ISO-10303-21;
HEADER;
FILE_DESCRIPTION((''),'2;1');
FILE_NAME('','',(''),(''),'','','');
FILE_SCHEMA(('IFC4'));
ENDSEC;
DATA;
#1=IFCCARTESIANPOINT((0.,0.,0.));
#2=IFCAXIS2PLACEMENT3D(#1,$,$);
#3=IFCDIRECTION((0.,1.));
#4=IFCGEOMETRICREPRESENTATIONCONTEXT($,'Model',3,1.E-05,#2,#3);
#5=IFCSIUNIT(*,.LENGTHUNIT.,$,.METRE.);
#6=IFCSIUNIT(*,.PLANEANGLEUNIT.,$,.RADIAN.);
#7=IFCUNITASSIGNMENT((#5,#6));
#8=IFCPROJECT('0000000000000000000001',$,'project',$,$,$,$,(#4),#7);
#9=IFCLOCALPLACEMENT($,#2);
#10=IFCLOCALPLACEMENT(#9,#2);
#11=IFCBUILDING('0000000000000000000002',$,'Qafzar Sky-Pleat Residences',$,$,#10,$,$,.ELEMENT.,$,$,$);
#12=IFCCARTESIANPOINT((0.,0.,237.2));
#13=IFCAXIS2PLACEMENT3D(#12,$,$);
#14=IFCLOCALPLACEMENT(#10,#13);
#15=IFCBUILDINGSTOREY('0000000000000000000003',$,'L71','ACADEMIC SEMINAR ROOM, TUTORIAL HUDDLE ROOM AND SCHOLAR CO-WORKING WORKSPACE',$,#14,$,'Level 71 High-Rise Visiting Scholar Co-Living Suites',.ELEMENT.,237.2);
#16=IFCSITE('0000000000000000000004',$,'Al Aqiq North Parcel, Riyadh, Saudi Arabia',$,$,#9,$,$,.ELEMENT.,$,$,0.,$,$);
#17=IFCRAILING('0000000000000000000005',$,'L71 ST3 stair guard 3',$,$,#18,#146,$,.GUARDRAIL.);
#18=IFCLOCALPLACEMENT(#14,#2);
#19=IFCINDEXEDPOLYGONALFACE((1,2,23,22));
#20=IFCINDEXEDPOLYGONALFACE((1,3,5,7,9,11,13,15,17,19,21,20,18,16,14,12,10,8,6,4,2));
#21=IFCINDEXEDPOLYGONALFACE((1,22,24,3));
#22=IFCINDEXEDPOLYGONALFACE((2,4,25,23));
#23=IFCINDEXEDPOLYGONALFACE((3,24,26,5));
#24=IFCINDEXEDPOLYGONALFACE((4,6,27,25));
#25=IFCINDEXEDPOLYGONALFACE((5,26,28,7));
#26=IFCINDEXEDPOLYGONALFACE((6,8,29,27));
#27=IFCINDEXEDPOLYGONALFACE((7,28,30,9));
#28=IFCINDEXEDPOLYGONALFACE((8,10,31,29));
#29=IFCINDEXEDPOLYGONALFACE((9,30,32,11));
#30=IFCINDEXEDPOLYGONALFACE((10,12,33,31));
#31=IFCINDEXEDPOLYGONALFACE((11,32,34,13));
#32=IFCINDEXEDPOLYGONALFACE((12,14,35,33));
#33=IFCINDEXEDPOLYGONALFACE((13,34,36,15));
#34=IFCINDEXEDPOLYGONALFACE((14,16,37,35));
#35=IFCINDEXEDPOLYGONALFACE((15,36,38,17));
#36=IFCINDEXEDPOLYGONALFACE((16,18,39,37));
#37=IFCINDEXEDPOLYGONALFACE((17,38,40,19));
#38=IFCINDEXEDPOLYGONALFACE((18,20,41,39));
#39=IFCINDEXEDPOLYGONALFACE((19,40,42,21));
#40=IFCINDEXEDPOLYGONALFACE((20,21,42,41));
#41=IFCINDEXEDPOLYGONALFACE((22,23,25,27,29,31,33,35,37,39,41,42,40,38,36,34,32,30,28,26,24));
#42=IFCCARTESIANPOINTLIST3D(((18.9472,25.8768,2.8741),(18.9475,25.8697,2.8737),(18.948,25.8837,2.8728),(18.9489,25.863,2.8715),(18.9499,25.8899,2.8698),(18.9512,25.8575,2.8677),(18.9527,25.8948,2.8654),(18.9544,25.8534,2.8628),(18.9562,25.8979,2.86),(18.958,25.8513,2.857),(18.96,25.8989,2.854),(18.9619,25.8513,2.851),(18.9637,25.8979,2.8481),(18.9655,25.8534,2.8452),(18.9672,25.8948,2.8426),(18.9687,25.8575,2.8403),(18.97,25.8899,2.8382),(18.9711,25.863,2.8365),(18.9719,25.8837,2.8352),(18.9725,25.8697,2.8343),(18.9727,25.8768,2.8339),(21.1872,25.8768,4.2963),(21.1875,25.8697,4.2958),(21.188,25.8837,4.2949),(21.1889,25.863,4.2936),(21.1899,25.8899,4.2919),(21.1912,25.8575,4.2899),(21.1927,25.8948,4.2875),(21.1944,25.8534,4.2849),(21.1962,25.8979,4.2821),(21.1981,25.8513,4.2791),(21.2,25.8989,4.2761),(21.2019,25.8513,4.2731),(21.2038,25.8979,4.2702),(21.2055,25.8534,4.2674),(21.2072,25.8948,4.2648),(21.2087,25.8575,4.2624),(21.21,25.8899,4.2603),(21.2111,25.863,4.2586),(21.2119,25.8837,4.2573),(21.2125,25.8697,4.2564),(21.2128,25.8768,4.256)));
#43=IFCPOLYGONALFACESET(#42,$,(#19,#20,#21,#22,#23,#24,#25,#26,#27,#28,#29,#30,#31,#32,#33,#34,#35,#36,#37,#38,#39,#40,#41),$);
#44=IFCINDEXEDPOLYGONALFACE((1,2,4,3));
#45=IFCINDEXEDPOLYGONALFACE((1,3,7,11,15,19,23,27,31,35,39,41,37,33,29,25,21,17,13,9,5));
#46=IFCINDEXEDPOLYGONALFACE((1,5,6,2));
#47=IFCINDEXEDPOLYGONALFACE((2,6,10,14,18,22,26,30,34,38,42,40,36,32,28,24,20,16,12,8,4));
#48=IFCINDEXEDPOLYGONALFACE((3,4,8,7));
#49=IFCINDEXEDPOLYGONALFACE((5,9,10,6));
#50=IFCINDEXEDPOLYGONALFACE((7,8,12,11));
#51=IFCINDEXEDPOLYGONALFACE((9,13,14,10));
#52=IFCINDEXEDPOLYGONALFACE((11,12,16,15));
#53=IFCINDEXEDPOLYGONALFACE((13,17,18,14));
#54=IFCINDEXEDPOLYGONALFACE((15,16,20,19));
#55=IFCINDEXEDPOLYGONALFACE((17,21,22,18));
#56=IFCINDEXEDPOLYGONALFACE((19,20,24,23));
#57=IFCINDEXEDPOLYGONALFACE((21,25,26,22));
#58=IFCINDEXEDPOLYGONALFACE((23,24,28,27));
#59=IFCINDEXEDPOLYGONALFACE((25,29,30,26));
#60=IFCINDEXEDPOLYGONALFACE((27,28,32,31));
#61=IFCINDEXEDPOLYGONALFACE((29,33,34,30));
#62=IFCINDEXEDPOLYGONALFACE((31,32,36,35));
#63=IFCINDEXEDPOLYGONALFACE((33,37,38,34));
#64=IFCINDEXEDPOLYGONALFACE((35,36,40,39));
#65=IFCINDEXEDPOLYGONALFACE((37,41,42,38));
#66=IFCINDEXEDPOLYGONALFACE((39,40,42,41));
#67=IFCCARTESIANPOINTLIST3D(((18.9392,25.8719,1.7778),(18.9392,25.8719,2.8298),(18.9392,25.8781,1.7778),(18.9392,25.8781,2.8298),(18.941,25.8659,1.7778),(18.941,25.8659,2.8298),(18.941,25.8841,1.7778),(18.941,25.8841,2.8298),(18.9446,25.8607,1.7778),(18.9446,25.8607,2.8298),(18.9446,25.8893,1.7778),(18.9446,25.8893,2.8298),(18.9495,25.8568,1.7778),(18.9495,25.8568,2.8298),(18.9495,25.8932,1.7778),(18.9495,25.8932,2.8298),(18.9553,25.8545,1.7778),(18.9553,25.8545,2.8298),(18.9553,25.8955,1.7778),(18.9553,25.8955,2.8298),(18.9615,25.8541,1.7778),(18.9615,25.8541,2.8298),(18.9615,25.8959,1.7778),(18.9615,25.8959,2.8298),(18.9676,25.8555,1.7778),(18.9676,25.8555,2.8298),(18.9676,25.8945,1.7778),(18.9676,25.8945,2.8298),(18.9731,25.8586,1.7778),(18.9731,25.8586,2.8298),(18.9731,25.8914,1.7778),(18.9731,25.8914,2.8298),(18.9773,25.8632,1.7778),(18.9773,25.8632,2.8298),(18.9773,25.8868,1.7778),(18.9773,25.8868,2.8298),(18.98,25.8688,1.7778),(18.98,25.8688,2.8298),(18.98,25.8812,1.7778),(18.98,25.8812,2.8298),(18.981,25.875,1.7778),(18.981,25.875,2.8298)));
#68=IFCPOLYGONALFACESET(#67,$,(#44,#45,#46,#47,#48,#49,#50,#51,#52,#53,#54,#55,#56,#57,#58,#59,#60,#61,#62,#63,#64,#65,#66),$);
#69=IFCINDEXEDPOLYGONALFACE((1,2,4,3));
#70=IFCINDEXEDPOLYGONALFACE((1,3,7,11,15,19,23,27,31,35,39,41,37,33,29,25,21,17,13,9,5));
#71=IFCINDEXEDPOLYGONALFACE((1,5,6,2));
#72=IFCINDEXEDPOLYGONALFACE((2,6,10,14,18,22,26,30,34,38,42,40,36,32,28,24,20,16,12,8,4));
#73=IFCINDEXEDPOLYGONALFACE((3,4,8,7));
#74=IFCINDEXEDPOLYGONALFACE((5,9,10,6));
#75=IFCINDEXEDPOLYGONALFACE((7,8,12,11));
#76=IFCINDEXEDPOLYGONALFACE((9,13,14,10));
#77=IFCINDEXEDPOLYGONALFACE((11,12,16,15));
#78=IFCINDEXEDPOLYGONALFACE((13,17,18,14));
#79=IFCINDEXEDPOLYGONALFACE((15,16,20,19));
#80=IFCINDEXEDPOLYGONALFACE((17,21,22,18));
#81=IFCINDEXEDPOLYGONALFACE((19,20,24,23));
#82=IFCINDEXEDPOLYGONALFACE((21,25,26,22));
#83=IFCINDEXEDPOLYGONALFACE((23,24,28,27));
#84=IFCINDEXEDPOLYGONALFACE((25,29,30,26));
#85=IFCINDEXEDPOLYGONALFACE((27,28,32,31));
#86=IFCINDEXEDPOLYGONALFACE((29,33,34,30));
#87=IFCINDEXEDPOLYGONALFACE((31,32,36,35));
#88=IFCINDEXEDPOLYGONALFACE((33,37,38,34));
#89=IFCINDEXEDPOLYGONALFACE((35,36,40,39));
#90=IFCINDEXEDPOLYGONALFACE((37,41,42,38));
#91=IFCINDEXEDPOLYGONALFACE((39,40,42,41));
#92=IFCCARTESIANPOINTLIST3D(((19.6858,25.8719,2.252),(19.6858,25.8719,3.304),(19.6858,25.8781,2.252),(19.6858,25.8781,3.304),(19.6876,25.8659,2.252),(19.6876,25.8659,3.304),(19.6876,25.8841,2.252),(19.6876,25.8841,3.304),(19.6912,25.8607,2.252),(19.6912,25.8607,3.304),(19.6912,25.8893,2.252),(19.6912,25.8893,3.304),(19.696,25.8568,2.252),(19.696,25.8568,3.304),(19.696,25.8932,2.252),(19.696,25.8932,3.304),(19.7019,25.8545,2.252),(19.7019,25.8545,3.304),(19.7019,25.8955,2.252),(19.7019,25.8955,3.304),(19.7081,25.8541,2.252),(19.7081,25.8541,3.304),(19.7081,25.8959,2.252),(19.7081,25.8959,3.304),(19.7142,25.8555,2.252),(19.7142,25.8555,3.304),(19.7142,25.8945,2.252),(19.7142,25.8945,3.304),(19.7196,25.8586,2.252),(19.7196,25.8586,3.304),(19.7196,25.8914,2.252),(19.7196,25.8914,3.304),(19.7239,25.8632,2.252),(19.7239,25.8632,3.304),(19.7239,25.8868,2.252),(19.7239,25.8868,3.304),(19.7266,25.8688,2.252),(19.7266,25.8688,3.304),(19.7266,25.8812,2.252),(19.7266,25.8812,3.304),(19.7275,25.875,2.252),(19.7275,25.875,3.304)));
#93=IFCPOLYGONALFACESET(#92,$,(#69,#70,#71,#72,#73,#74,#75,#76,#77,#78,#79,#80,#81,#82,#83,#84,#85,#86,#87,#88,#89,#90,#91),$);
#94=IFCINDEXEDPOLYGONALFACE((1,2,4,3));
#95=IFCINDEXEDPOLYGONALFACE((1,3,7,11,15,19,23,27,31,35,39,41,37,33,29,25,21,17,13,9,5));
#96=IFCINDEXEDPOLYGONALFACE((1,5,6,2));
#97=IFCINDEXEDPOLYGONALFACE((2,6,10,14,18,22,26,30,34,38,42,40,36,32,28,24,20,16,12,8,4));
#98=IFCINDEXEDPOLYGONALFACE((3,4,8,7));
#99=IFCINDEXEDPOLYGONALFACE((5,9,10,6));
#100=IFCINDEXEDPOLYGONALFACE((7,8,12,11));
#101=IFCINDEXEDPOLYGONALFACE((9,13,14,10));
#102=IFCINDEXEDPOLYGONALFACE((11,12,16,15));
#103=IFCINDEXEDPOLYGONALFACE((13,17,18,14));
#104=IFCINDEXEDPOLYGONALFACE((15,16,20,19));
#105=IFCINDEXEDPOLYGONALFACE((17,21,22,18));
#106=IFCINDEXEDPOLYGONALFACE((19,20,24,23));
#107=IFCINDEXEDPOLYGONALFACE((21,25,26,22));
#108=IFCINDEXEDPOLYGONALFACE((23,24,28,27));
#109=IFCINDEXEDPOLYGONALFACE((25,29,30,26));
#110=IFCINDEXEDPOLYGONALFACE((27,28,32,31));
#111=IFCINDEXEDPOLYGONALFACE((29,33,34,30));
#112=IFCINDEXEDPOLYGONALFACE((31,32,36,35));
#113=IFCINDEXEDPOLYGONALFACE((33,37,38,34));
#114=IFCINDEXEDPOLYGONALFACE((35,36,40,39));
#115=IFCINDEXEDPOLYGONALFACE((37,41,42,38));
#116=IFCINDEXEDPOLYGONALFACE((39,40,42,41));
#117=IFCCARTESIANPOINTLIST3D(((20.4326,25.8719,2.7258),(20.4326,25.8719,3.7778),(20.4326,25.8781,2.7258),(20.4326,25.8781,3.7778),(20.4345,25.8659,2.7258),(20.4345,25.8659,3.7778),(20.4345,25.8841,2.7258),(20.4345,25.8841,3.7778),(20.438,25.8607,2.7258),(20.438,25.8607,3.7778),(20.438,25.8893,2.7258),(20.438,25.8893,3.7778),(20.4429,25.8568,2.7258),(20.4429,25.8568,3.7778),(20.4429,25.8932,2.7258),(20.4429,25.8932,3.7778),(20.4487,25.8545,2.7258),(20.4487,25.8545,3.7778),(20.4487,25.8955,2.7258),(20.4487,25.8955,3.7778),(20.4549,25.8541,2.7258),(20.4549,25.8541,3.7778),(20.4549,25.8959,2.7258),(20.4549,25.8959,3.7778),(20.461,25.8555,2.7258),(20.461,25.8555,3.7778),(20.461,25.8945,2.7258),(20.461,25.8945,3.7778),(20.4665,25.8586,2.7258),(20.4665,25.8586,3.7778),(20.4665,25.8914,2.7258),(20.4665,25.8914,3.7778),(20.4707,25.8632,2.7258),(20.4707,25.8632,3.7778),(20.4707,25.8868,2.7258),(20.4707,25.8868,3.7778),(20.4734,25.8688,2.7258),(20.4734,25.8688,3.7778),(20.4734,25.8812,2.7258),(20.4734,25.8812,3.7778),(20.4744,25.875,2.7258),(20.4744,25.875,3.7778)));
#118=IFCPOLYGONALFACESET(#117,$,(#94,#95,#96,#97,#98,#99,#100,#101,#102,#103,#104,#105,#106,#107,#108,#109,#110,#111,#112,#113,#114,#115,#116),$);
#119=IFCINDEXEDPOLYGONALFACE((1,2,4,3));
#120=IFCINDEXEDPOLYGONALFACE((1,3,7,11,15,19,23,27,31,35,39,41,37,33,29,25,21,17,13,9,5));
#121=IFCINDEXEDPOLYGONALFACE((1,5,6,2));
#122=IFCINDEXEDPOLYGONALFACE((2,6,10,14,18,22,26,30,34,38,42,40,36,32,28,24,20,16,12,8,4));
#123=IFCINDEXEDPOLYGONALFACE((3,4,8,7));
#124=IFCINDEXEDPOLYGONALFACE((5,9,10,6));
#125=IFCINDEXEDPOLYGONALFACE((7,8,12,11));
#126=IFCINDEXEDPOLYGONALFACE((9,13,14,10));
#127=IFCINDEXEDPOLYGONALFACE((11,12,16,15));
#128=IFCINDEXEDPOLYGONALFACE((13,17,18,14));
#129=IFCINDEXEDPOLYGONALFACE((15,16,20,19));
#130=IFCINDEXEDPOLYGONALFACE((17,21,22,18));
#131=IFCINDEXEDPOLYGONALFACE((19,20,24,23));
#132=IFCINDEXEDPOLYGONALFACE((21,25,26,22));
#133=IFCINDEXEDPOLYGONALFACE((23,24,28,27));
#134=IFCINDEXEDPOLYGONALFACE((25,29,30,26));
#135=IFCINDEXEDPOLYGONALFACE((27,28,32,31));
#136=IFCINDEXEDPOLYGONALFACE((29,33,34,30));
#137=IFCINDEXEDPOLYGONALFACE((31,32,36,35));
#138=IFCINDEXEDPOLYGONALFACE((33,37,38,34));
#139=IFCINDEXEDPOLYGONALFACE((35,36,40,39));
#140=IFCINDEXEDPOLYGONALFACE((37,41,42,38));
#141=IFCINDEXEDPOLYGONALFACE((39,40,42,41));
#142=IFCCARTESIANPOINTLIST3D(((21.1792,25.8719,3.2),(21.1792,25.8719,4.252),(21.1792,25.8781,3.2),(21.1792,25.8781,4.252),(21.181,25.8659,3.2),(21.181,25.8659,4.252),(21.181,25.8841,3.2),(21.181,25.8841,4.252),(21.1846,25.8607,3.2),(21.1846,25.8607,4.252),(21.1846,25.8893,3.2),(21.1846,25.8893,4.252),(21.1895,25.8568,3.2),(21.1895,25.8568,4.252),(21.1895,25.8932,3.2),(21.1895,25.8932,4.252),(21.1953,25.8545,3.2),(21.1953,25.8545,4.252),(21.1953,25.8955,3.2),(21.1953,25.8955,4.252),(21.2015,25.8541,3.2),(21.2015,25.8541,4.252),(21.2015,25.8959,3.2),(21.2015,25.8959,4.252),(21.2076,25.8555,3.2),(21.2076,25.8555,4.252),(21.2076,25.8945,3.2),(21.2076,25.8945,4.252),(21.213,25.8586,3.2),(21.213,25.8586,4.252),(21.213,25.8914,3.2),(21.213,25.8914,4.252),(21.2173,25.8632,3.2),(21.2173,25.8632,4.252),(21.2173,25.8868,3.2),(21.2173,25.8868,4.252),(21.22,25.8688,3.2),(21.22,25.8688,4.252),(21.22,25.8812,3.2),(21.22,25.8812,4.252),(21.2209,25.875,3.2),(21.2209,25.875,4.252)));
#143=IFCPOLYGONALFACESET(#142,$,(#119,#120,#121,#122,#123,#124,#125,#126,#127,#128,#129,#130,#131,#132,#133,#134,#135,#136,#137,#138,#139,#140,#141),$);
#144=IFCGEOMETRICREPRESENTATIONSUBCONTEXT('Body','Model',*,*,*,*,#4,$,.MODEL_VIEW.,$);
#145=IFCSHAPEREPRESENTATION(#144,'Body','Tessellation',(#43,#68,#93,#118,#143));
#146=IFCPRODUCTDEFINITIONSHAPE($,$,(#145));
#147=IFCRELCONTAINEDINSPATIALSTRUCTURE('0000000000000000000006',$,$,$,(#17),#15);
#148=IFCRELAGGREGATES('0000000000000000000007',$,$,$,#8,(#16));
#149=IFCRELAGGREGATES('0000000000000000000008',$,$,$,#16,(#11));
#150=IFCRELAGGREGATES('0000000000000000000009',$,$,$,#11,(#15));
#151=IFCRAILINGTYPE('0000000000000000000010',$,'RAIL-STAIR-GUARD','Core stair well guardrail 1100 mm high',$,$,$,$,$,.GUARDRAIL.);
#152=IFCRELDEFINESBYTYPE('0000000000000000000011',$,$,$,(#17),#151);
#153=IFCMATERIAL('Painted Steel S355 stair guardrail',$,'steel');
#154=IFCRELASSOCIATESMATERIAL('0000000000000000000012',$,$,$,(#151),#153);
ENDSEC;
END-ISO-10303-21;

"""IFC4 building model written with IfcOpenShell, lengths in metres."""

from ifc_helpers import new_model, si_unit, direction, frame, origin, origin_2d, place, context, subcontext, project, spatial, circle, extrude, source, transform, mapped, material, type_object, element, save


model = new_model("IFC4")

# Units and contexts
model_context = context("Model", 3, precision=1e-05, world=origin(), true_north=direction((0.0, 1.0)))
body_context = subcontext(model_context, "Body", "Model", "MODEL_VIEW")
ifc_project = project(units=[si_unit("LENGTHUNIT", "METRE"), si_unit("PLANEANGLEUNIT", "RADIAN")], contexts=[model_context])

# Site, building, storey
site_placement = place(None, origin())
site = spatial("IfcSite", under=ifc_project, at=site_placement, Name="Al Aqiq North Parcel, Riyadh, Saudi Arabia", CompositionType="ELEMENT", RefElevation=0.0)
building_placement = place(site_placement, origin())
building = spatial("IfcBuilding", under=site, at=building_placement, Name="Qafzar Sky-Pleat Residences", CompositionType="ELEMENT")
storey_placement = place(building_placement, frame((0.0, 0.0, 237.2)))
storey = spatial("IfcBuildingStorey", under=building, at=storey_placement, Name="L71", Description="ACADEMIC SEMINAR ROOM, TUTORIAL HUDDLE ROOM AND SCHOLAR CO-WORKING WORKSPACE", LongName="Level 71 High-Rise Visiting Scholar Co-Living Suites", CompositionType="ELEMENT", Elevation=237.2)

# Railing
ifc_material_1 = material(Name="Painted Steel S355 stair guardrail", Category="steel")
railing_type_1 = type_object("IfcRailingType", Name="RAIL-STAIR-GUARD", Description="Core stair well guardrail 1100 mm high", PredefinedType="GUARDRAIL", material=ifc_material_1)
shared_shape_1 = source(origin(), body_context, "Body", "SweptSolid", [
    extrude(circle(Radius=0.0239, at=origin_2d()), frame((0.0, 0.0, 1.0762), z_axis=(0.844229, 0.0, 0.535982), x_axis=(0.0, 1.0, 0.0)), (0.0, 0.0, 1.0), 2.6533),
    extrude(circle(Radius=0.021, at=origin_2d()), origin(), (0.0, 0.0, 1.0), 1.052),
    extrude(circle(Radius=0.021, at=origin_2d()), frame((0.7466, 0.0, 0.4741)), (0.0, 0.0, 1.0), 1.052),
    extrude(circle(Radius=0.021, at=origin_2d()), frame((1.4934, 0.0, 0.948)), (0.0, 0.0, 1.0), 1.052),
    extrude(circle(Radius=0.021, at=origin_2d()), frame((2.24, 0.0, 1.4221)), (0.0, 0.0, 1.0), 1.052),
])
railing_1_placement = place(storey_placement, frame((18.96, 25.875, 1.7778)))
element("IfcRailing", 1, at=railing_1_placement, inside=storey, type_object=railing_type_1, Name="L71 ST3 stair guard 3", PredefinedType="GUARDRAIL", context=body_context, shape_type="MappedRepresentation", body=[
    mapped(shared_shape_1, transform((0.0, 0.0, 0.0), x_axis=(1.0, 0.0, 0.0), y_axis=(0.0, 1.0, 0.0), z_axis=(0.0, 0.0, 1.0), scale=1.0)),
])

save(model, "model.ifc")
